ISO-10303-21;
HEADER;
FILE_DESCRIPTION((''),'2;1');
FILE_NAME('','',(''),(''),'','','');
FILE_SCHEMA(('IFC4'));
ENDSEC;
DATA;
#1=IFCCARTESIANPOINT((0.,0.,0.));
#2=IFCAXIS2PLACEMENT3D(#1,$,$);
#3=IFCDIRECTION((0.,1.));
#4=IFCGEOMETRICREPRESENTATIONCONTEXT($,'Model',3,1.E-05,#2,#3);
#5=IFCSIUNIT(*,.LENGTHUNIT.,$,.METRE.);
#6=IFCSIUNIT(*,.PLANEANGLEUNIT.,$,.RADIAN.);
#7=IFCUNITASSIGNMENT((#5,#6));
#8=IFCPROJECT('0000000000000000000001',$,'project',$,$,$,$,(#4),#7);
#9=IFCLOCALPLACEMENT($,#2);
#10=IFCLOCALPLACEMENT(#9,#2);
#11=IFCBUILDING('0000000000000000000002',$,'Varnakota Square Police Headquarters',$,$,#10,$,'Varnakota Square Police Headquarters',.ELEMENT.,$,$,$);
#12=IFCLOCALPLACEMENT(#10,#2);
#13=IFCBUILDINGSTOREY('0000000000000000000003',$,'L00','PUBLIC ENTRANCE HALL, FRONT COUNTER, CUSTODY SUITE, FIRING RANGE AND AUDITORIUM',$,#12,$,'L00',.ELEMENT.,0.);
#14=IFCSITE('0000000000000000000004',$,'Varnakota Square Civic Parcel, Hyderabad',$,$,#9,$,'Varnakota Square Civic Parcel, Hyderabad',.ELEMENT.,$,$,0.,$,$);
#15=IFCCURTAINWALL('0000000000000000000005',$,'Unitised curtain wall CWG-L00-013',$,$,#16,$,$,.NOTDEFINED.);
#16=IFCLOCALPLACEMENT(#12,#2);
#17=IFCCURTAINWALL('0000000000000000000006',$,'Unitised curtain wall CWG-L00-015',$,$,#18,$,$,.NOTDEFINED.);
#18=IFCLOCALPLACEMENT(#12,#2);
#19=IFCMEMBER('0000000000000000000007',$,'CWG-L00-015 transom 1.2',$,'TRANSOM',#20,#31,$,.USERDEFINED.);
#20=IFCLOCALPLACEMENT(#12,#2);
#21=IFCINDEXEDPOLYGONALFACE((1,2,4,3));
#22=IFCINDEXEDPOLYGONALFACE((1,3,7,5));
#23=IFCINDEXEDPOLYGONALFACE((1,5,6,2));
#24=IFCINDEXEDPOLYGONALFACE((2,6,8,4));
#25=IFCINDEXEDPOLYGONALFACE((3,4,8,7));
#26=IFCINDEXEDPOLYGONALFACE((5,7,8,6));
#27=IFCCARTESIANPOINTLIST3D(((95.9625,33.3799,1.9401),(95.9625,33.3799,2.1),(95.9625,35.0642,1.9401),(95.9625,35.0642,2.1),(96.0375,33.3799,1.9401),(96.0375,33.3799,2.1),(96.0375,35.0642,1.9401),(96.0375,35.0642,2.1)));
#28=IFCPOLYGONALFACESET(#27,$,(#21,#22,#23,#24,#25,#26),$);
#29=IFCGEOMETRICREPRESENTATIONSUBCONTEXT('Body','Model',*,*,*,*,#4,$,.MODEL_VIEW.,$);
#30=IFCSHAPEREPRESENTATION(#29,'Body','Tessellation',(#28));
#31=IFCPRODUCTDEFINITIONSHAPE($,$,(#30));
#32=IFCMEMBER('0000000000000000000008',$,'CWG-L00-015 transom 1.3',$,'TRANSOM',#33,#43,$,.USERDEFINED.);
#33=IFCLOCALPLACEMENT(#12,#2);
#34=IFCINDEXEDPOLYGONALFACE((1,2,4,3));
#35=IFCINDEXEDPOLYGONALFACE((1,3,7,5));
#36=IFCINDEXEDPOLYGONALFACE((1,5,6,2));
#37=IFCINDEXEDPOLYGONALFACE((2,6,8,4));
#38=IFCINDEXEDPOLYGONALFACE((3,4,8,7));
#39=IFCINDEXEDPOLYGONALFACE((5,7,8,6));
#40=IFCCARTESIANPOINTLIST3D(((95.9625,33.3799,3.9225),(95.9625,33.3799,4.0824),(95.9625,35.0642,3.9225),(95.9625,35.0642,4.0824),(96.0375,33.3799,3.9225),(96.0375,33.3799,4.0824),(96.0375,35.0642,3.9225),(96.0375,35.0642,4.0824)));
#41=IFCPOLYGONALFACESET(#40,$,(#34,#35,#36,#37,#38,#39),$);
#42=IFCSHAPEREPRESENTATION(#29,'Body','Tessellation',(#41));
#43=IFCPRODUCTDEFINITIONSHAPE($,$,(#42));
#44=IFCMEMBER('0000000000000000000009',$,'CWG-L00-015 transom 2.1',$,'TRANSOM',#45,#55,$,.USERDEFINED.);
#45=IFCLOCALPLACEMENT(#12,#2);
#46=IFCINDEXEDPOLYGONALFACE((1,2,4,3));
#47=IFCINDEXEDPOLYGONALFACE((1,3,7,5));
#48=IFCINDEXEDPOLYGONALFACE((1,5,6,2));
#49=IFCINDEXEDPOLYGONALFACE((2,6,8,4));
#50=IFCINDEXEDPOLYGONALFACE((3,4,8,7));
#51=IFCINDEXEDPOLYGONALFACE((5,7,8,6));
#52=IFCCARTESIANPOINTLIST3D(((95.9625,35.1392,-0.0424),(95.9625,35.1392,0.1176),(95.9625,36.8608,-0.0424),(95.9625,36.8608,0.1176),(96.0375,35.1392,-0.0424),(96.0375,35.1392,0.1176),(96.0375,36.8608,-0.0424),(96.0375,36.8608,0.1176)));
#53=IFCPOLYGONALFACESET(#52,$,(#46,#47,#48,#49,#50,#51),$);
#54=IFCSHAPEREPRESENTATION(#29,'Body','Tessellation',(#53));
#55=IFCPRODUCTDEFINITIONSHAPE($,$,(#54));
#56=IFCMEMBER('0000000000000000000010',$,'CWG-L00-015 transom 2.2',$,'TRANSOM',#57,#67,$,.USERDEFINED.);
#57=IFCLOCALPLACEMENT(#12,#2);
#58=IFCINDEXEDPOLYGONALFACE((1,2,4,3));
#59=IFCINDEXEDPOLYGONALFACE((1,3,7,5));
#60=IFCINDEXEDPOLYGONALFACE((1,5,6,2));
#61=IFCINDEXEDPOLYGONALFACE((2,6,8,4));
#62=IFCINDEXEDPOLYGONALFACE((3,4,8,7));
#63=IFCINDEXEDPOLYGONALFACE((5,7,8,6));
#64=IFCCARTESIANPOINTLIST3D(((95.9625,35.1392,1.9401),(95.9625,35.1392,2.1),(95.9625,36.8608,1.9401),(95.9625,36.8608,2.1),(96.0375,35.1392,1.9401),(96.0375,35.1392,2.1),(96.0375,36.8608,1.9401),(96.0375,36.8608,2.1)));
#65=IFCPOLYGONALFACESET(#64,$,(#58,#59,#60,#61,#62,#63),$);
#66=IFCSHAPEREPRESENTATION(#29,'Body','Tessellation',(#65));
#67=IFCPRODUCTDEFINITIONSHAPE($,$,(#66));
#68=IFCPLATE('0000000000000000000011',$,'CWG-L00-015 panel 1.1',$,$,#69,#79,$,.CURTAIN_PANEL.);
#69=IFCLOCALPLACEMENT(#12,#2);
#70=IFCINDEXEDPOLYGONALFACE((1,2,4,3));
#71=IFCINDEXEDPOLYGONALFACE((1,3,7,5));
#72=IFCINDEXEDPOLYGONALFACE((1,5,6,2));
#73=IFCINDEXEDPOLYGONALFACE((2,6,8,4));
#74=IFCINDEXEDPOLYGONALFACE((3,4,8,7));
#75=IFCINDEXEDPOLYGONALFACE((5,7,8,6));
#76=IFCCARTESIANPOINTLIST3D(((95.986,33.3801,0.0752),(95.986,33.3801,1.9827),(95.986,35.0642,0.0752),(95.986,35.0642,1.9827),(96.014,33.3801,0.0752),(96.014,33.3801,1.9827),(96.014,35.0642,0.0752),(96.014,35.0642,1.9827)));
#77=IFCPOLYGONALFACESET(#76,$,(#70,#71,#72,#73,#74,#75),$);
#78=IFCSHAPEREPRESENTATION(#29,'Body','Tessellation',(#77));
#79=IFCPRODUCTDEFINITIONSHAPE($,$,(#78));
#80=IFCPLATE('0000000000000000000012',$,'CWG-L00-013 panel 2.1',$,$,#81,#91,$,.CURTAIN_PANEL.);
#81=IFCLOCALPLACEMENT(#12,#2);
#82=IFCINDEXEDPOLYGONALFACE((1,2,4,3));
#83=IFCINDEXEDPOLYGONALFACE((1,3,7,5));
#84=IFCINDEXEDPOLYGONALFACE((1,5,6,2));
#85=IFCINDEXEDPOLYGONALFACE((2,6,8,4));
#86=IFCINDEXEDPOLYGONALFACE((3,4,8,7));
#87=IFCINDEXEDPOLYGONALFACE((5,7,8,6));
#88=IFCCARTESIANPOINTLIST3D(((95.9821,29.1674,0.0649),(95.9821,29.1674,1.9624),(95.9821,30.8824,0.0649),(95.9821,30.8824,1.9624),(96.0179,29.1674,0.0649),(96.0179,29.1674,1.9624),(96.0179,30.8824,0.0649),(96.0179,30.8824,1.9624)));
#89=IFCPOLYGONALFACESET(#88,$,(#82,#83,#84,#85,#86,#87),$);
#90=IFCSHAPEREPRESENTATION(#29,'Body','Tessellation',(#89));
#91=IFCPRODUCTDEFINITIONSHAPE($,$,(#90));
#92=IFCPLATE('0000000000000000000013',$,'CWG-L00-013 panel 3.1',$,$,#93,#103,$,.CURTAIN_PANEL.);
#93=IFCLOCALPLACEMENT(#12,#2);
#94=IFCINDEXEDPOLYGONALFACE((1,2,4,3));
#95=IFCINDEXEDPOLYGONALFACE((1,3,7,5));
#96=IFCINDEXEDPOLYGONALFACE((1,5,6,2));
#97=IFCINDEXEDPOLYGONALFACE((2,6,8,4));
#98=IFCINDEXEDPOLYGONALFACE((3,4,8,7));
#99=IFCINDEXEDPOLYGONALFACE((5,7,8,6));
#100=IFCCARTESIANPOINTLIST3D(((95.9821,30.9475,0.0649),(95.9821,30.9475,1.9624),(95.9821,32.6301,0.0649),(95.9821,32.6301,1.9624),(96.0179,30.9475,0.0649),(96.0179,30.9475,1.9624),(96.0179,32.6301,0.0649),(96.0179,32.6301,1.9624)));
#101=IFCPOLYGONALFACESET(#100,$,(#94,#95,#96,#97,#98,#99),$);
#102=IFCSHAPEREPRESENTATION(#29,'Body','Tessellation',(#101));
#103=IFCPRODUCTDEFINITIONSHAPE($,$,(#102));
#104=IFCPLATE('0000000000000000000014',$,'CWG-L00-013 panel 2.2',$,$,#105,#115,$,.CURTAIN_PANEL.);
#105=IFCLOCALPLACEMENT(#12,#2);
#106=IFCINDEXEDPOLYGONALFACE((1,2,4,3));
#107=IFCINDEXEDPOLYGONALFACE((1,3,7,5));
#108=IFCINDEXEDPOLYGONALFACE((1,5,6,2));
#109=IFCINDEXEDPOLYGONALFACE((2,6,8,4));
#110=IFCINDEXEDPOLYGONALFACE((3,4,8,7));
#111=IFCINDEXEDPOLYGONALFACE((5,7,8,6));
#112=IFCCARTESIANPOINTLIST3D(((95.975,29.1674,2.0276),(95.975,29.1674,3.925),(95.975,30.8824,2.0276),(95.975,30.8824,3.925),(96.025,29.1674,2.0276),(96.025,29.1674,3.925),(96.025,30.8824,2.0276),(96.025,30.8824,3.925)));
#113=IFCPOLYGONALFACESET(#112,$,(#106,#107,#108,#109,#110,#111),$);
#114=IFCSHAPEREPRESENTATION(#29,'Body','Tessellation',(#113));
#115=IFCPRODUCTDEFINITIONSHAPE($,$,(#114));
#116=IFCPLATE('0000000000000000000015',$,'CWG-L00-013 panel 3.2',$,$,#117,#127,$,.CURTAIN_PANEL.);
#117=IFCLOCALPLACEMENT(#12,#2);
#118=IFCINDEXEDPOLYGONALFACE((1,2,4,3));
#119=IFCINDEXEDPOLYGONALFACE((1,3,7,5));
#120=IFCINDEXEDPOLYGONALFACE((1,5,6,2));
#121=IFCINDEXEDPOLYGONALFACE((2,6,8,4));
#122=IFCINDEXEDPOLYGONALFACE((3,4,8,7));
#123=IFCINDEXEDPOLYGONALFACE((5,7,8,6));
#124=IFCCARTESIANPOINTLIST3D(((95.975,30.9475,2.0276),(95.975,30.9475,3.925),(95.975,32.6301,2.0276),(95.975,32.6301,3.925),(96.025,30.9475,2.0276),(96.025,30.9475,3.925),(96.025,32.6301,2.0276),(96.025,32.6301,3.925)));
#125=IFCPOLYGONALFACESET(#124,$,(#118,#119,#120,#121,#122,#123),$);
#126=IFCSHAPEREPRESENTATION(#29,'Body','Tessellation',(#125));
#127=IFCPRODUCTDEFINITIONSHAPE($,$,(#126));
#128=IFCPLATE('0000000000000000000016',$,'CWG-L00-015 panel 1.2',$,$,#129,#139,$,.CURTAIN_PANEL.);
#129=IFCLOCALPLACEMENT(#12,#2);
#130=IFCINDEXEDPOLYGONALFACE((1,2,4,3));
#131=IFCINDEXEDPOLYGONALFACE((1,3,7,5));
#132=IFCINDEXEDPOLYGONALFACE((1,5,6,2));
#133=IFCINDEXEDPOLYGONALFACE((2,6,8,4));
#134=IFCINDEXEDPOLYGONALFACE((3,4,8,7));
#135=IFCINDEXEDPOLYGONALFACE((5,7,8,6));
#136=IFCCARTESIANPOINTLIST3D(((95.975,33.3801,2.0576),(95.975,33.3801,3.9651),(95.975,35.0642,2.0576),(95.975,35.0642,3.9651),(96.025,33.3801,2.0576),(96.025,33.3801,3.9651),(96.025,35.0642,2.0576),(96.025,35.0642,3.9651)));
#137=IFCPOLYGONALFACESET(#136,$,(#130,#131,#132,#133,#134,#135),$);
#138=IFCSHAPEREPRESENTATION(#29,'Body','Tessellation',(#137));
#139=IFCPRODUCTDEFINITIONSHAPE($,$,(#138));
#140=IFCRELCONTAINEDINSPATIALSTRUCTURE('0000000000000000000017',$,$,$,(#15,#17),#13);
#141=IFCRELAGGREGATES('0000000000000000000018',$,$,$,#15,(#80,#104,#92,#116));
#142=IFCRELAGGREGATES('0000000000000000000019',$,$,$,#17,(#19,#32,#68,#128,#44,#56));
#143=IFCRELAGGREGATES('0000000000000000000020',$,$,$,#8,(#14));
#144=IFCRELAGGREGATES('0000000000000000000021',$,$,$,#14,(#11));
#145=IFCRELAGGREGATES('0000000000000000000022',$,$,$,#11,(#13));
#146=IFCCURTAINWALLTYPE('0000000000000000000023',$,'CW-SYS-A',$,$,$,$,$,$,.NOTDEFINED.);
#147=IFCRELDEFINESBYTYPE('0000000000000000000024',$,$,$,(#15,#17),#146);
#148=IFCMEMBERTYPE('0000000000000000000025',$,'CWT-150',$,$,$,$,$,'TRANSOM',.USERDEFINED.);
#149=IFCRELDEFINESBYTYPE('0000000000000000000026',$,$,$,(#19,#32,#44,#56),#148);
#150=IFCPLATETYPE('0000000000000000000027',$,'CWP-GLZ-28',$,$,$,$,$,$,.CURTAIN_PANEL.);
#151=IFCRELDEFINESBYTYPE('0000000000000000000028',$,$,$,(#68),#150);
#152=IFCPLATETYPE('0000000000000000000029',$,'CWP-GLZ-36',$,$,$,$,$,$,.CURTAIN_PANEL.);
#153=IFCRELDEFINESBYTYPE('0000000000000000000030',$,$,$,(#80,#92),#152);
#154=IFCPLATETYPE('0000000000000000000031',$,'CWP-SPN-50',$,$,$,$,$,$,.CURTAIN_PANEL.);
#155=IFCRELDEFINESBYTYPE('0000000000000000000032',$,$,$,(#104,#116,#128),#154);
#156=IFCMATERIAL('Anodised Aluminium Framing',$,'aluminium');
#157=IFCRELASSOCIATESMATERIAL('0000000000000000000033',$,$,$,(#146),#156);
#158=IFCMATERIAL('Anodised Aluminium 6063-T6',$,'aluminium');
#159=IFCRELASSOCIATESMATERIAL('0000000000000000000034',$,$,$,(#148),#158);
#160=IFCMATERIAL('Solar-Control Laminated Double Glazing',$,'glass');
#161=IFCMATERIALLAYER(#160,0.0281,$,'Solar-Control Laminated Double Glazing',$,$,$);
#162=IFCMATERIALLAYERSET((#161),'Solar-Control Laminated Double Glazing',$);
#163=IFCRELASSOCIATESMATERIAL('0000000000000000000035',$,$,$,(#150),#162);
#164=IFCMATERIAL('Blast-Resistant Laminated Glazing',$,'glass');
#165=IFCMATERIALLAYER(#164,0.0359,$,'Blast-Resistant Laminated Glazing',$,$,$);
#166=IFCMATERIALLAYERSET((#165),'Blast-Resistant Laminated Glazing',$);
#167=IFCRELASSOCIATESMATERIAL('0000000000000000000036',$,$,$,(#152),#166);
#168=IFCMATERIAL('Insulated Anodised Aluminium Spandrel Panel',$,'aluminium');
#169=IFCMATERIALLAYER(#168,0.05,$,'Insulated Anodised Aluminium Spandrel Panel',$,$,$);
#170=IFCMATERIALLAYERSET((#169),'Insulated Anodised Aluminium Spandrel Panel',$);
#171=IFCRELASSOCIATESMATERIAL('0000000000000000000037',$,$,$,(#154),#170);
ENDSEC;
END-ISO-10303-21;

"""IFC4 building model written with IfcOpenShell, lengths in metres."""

from ifc_helpers import new_model, si_unit, direction, frame, origin, origin_2d, place, context, subcontext, project, spatial, rectangle, extrude, material, layer, layer_set, material_profile, profile_set, type_object, element, aggregate, save


model = new_model("IFC4")

# Units and contexts
model_context = context("Model", 3, precision=1e-05, world=origin(), true_north=direction((0.0, 1.0)))
body_context = subcontext(model_context, "Body", "Model", "MODEL_VIEW")
ifc_project = project(units=[si_unit("LENGTHUNIT", "METRE"), si_unit("PLANEANGLEUNIT", "RADIAN")], contexts=[model_context])

# Site, building, storey
site_placement = place(None, origin())
site = spatial("IfcSite", under=ifc_project, at=site_placement, Name="Varnakota Square Civic Parcel, Hyderabad", LongName="Varnakota Square Civic Parcel, Hyderabad", CompositionType="ELEMENT", RefElevation=0.0)
building_placement = place(site_placement, origin())
building = spatial("IfcBuilding", under=site, at=building_placement, Name="Varnakota Square Police Headquarters", LongName="Varnakota Square Police Headquarters", CompositionType="ELEMENT")
storey_placement = place(building_placement, origin())
storey = spatial("IfcBuildingStorey", under=building, at=storey_placement, Name="L00", Description="PUBLIC ENTRANCE HALL, FRONT COUNTER, CUSTODY SUITE, FIRING RANGE AND AUDITORIUM", LongName="L00", CompositionType="ELEMENT", Elevation=0.0)

# Curtain walls
ifc_material_1 = material(Name="Anodised Aluminium Framing", Category="aluminium")
curtain_wall_type = type_object("IfcCurtainWallType", Name="CW-SYS-A", PredefinedType="NOTDEFINED", material=ifc_material_1)
curtain_wall_1_placement = place(storey_placement, origin())
curtain_wall_1 = element("IfcCurtainWall", 1, at=curtain_wall_1_placement, inside=storey, type_object=curtain_wall_type, Name="Unitised curtain wall CWG-L00-013", PredefinedType="NOTDEFINED")
ifc_material_2 = material(Name="Anodised Aluminium 6063-T6", Category="aluminium")
curtain_wall_2_placement = place(storey_placement, origin())
curtain_wall_2 = element("IfcCurtainWall", 2, at=curtain_wall_2_placement, inside=storey, type_object=curtain_wall_type, Name="Unitised curtain wall CWG-L00-015", PredefinedType="NOTDEFINED")

# Members
ifc_material_profile_1 = material_profile(ifc_material_2, rectangle(XDim=0.075, YDim=0.1599, at=origin_2d()), Name="ALU TRANSOM 75x160")
ifc_profile_set_1 = profile_set([ifc_material_profile_1], Name="Anodised Aluminium 6063-T6")
member_type_1 = type_object("IfcMemberType", Name="CWT-150", ElementType="TRANSOM", PredefinedType="USERDEFINED", material=ifc_profile_set_1)
member_1_placement = place(storey_placement, frame((96.0, 33.3799, 2.02), z_axis=(0.0, 1.0, 0.0), x_axis=(-1.0, 0.0, 0.0)))
member_1 = element("IfcMember", 3, at=member_1_placement, type_object=member_type_1, Name="CWG-L00-015 transom 1.2", ObjectType="TRANSOM", PredefinedType="USERDEFINED", context=body_context, shape_type="SweptSolid", body=[
    extrude(rectangle(XDim=0.075, YDim=0.1599, at=origin_2d()), origin(), (0.0, 0.0, 1.0), 1.6843),
])
member_2_placement = place(storey_placement, frame((96.0, 33.3799, 4.0024), z_axis=(0.0, 1.0, 0.0), x_axis=(-1.0, 0.0, 0.0)))
member_2 = element("IfcMember", 4, at=member_2_placement, type_object=member_type_1, Name="CWG-L00-015 transom 1.3", ObjectType="TRANSOM", PredefinedType="USERDEFINED", context=body_context, shape_type="SweptSolid", body=[
    extrude(rectangle(XDim=0.075, YDim=0.1599, at=origin_2d()), origin(), (0.0, 0.0, 1.0), 1.6843),
])
member_3_placement = place(storey_placement, frame((96.0, 35.1392, 0.0376), z_axis=(0.0, 1.0, 0.0), x_axis=(-1.0, 0.0, 0.0)))
member_3 = element("IfcMember", 5, at=member_3_placement, type_object=member_type_1, Name="CWG-L00-015 transom 2.1", ObjectType="TRANSOM", PredefinedType="USERDEFINED", context=body_context, shape_type="SweptSolid", body=[
    extrude(rectangle(XDim=0.075, YDim=0.1599, at=origin_2d()), origin(), (0.0, 0.0, 1.0), 1.7217),
])
member_4_placement = place(storey_placement, frame((96.0, 35.1392, 2.02), z_axis=(0.0, 1.0, 0.0), x_axis=(-1.0, 0.0, 0.0)))
member_4 = element("IfcMember", 6, at=member_4_placement, type_object=member_type_1, Name="CWG-L00-015 transom 2.2", ObjectType="TRANSOM", PredefinedType="USERDEFINED", context=body_context, shape_type="SweptSolid", body=[
    extrude(rectangle(XDim=0.075, YDim=0.1599, at=origin_2d()), origin(), (0.0, 0.0, 1.0), 1.7217),
])

# Plates
ifc_material_3 = material(Name="Solar-Control Laminated Double Glazing", Category="glass")
ifc_layer_1 = layer(ifc_material_3, 0.0281, Name="Solar-Control Laminated Double Glazing")
ifc_layer_set_1 = layer_set([ifc_layer_1], Name="Solar-Control Laminated Double Glazing")
plate_type_1 = type_object("IfcPlateType", Name="CWP-GLZ-28", PredefinedType="CURTAIN_PANEL", material=ifc_layer_set_1)
plate_1_placement = place(storey_placement, frame((96.0, 34.2222, 0.0752), z_axis=(0.0, 0.0, 1.0), x_axis=(0.0, 1.0, 0.0)))
plate_1 = element("IfcPlate", 7, at=plate_1_placement, type_object=plate_type_1, Name="CWG-L00-015 panel 1.1", PredefinedType="CURTAIN_PANEL", context=body_context, shape_type="SweptSolid", body=[
    extrude(rectangle(XDim=1.6841, YDim=0.0281, at=origin_2d()), origin(), (0.0, 0.0, 1.0), 1.9075),
])
ifc_material_4 = material(Name="Blast-Resistant Laminated Glazing", Category="glass")
ifc_layer_2 = layer(ifc_material_4, 0.0359, Name="Blast-Resistant Laminated Glazing")
ifc_layer_set_2 = layer_set([ifc_layer_2], Name="Blast-Resistant Laminated Glazing")
plate_type_2 = type_object("IfcPlateType", Name="CWP-GLZ-36", PredefinedType="CURTAIN_PANEL", material=ifc_layer_set_2)
plate_2_placement = place(storey_placement, frame((96.0, 30.0249, 0.0649), z_axis=(0.0, 0.0, 1.0), x_axis=(0.0, 1.0, 0.0)))
plate_2 = element("IfcPlate", 8, at=plate_2_placement, type_object=plate_type_2, Name="CWG-L00-013 panel 2.1", PredefinedType="CURTAIN_PANEL", context=body_context, shape_type="SweptSolid", body=[
    extrude(rectangle(XDim=1.7151, YDim=0.0359, at=origin_2d()), origin(), (0.0, 0.0, 1.0), 1.8975),
])
plate_3_placement = place(storey_placement, frame((96.0, 31.7888, 0.0649), z_axis=(0.0, 0.0, 1.0), x_axis=(0.0, 1.0, 0.0)))
plate_3 = element("IfcPlate", 9, at=plate_3_placement, type_object=plate_type_2, Name="CWG-L00-013 panel 3.1", PredefinedType="CURTAIN_PANEL", context=body_context, shape_type="SweptSolid", body=[
    extrude(rectangle(XDim=1.6826, YDim=0.0359, at=origin_2d()), origin(), (0.0, 0.0, 1.0), 1.8975),
])
ifc_material_5 = material(Name="Insulated Anodised Aluminium Spandrel Panel", Category="aluminium")
ifc_layer_3 = layer(ifc_material_5, 0.05, Name="Insulated Anodised Aluminium Spandrel Panel")
ifc_layer_set_3 = layer_set([ifc_layer_3], Name="Insulated Anodised Aluminium Spandrel Panel")
plate_type_3 = type_object("IfcPlateType", Name="CWP-SPN-50", PredefinedType="CURTAIN_PANEL", material=ifc_layer_set_3)
plate_4_placement = place(storey_placement, frame((96.0, 30.0249, 2.0276), z_axis=(0.0, 0.0, 1.0), x_axis=(0.0, 1.0, 0.0)))
plate_4 = element("IfcPlate", 10, at=plate_4_placement, type_object=plate_type_3, Name="CWG-L00-013 panel 2.2", PredefinedType="CURTAIN_PANEL", context=body_context, shape_type="SweptSolid", body=[
    extrude(rectangle(XDim=1.7151, YDim=0.05, at=origin_2d()), origin(), (0.0, 0.0, 1.0), 1.8975),
])
plate_5_placement = place(storey_placement, frame((96.0, 31.7888, 2.0276), z_axis=(0.0, 0.0, 1.0), x_axis=(0.0, 1.0, 0.0)))
plate_5 = element("IfcPlate", 11, at=plate_5_placement, type_object=plate_type_3, Name="CWG-L00-013 panel 3.2", PredefinedType="CURTAIN_PANEL", context=body_context, shape_type="SweptSolid", body=[
    extrude(rectangle(XDim=1.6826, YDim=0.05, at=origin_2d()), origin(), (0.0, 0.0, 1.0), 1.8975),
])
aggregate(curtain_wall_1, [plate_2, plate_4, plate_3, plate_5])
plate_6_placement = place(storey_placement, frame((96.0, 34.2222, 2.0576), z_axis=(0.0, 0.0, 1.0), x_axis=(0.0, 1.0, 0.0)))
plate_6 = element("IfcPlate", 12, at=plate_6_placement, type_object=plate_type_3, Name="CWG-L00-015 panel 1.2", PredefinedType="CURTAIN_PANEL", context=body_context, shape_type="SweptSolid", body=[
    extrude(rectangle(XDim=1.6841, YDim=0.05, at=origin_2d()), origin(), (0.0, 0.0, 1.0), 1.9075),
])
aggregate(curtain_wall_2, [member_1, member_2, plate_1, plate_6, member_3, member_4])

save(model, "model.ifc")
